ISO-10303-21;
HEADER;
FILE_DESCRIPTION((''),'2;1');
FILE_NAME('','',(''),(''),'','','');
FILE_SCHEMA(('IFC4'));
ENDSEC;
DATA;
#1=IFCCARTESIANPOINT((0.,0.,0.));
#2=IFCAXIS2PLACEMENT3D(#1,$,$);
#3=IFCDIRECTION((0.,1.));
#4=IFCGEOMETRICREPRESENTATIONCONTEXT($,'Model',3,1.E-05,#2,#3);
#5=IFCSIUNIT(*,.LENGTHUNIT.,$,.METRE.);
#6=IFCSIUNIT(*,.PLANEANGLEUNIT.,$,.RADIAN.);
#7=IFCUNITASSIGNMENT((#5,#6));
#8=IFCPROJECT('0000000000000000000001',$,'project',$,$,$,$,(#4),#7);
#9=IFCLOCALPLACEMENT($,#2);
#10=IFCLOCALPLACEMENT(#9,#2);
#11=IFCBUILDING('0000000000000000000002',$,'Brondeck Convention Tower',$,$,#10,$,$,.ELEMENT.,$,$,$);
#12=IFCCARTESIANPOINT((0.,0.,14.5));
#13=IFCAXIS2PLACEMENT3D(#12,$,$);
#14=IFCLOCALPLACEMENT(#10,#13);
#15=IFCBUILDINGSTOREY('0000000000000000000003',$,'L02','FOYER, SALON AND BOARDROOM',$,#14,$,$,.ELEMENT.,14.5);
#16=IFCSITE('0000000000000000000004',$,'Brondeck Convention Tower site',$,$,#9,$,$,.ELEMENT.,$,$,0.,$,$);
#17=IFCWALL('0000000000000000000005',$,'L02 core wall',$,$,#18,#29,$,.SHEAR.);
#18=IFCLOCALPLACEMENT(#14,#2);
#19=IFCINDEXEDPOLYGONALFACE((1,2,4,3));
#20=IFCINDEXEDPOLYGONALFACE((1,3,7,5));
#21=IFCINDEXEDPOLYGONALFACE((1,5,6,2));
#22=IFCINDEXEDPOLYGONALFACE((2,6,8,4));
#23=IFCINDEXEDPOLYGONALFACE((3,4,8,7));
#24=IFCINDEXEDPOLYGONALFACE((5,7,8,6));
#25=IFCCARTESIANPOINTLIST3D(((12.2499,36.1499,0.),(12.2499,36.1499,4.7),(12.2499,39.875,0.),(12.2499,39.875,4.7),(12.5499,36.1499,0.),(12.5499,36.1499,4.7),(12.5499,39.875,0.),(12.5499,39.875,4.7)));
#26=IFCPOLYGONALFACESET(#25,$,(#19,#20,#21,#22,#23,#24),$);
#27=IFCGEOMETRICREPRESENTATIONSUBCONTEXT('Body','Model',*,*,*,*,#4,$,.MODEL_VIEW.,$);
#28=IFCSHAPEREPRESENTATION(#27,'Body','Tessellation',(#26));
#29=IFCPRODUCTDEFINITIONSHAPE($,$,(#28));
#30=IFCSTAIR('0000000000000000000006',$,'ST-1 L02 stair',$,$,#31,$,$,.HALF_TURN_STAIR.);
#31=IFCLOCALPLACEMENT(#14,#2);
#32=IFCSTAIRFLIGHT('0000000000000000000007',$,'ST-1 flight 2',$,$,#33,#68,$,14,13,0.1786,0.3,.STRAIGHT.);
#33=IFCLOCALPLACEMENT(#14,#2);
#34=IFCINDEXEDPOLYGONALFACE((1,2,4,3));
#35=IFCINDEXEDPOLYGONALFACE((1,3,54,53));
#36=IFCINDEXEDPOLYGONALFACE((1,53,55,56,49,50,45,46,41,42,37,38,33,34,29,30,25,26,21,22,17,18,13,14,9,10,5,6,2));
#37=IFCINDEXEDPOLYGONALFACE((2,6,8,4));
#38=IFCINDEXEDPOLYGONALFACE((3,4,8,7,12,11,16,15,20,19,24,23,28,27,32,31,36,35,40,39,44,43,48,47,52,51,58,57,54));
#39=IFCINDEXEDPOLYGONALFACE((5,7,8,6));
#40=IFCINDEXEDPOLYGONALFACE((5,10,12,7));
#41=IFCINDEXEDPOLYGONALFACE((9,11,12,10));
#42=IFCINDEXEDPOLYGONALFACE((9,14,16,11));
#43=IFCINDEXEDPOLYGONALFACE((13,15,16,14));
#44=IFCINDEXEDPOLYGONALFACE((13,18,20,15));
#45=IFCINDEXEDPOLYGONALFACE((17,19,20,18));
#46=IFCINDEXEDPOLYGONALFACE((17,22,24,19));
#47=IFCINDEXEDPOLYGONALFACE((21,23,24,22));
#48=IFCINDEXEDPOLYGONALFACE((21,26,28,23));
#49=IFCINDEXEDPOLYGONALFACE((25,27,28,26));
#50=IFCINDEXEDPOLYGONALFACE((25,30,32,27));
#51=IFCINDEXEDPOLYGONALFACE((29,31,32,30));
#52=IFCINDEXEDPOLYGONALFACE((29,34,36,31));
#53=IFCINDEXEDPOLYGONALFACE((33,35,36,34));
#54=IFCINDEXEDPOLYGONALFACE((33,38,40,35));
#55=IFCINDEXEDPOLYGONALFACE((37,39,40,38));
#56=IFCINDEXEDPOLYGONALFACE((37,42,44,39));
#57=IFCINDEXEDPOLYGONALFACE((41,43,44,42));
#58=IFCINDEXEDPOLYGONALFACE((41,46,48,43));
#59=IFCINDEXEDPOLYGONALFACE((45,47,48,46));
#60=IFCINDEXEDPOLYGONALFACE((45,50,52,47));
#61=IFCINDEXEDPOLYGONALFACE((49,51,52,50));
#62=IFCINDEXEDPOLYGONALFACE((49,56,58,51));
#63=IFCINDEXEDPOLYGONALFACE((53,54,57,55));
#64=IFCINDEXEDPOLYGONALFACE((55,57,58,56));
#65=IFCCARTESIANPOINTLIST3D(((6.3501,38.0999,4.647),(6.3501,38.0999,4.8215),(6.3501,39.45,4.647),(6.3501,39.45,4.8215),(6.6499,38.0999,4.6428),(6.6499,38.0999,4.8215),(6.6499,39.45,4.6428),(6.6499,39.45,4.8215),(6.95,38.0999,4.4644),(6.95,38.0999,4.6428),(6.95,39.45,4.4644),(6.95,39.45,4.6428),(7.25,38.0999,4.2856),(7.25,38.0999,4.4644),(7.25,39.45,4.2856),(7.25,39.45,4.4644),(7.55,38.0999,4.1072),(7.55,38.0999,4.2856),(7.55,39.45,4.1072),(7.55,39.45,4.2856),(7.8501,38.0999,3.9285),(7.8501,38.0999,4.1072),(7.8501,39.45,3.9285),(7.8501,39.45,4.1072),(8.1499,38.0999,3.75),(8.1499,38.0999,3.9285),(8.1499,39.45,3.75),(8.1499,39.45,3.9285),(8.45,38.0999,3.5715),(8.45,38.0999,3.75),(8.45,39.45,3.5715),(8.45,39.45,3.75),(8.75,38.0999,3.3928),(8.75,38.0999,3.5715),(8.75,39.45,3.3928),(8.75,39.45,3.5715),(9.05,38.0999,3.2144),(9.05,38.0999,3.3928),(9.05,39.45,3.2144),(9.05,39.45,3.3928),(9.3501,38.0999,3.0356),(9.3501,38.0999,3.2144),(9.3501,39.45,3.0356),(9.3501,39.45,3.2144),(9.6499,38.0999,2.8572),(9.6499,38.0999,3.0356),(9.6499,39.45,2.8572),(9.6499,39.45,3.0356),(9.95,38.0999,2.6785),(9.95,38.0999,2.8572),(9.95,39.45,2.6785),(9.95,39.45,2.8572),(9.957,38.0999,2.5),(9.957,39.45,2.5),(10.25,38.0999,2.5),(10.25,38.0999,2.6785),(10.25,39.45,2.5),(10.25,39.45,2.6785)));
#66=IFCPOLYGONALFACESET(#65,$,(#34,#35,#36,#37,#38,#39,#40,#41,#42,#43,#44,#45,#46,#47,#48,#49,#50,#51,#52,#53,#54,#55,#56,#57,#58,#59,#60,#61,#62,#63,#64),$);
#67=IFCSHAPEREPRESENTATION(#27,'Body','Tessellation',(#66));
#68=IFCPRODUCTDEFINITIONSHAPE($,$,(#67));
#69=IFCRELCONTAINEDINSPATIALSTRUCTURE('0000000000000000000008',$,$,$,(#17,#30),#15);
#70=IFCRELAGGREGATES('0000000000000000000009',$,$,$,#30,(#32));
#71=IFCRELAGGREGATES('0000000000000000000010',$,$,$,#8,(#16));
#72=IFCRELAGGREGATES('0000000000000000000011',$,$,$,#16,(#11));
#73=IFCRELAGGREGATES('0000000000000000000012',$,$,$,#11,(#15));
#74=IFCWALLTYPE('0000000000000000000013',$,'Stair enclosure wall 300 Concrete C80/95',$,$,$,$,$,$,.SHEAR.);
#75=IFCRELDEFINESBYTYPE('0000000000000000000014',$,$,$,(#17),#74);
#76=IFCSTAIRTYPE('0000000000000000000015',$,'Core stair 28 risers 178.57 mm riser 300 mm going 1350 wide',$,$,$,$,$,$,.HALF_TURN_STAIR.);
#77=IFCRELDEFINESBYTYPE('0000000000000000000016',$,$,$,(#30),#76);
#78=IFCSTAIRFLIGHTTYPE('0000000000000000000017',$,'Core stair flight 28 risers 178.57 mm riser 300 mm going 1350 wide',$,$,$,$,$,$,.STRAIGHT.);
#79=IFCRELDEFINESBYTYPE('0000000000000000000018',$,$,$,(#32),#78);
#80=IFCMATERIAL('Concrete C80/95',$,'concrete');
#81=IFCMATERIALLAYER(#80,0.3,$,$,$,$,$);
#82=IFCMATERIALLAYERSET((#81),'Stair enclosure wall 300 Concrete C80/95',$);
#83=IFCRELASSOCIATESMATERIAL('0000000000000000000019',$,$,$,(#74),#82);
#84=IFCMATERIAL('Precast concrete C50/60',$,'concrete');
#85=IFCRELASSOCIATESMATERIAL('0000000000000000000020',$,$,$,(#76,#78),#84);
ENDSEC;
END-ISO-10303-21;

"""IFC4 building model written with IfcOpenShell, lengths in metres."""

from ifc_helpers import new_model, si_unit, direction, frame, frame_2d, origin, place, context, subcontext, project, spatial, polyline, rectangle, outline, extrude, material, layer, layer_set, type_object, element, aggregate, save


model = new_model("IFC4")

# Units and contexts
model_context = context("Model", 3, precision=1e-05, world=origin(), true_north=direction((0.0, 1.0)))
body_context = subcontext(model_context, "Body", "Model", "MODEL_VIEW")
ifc_project = project(units=[si_unit("LENGTHUNIT", "METRE"), si_unit("PLANEANGLEUNIT", "RADIAN")], contexts=[model_context])

# Site, building, storey
site_placement = place(None, origin())
site = spatial("IfcSite", under=ifc_project, at=site_placement, Name="Brondeck Convention Tower site", CompositionType="ELEMENT", RefElevation=0.0)
building_placement = place(site_placement, origin())
building = spatial("IfcBuilding", under=site, at=building_placement, Name="Brondeck Convention Tower", CompositionType="ELEMENT")
storey_placement = place(building_placement, frame((0.0, 0.0, 14.5)))
storey = spatial("IfcBuildingStorey", under=building, at=storey_placement, Name="L02", Description="FOYER, SALON AND BOARDROOM", CompositionType="ELEMENT", Elevation=14.5)

# Shared definitions
ifc_material_1 = material(Name="Concrete C80/95", Category="concrete")

# Wall
ifc_layer_1 = layer(ifc_material_1, 0.3)
ifc_layer_set_1 = layer_set([ifc_layer_1], Name="Stair enclosure wall 300 Concrete C80/95")
wall_type_1 = type_object("IfcWallType", Name="Stair enclosure wall 300 Concrete C80/95", PredefinedType="SHEAR", material=ifc_layer_set_1)
wall_1_placement = place(storey_placement, frame((12.3999, 36.1499, 0.0), z_axis=(0.0, 0.0, 1.0), x_axis=(0.0, 1.0, 0.0)))
element("IfcWall", 1, at=wall_1_placement, inside=storey, type_object=wall_type_1, Name="L02 core wall", PredefinedType="SHEAR", context=body_context, shape_type="SweptSolid", body=[
    extrude(rectangle(XDim=3.7251, YDim=0.3, at=frame_2d((1.8625, 0.0))), origin(), (0.0, 0.0, 1.0), 4.7),
])

# Stair, stair flight
ifc_material_2 = material(Name="Precast concrete C50/60", Category="concrete")
stair_type = type_object("IfcStairType", Name="Core stair 28 risers 178.57 mm riser 300 mm going 1350 wide", PredefinedType="HALF_TURN_STAIR", material=ifc_material_2)
stair_placement = place(storey_placement, origin())
stair = element("IfcStair", 2, at=stair_placement, inside=storey, type_object=stair_type, Name="ST-1 L02 stair", PredefinedType="HALF_TURN_STAIR")
stair_flight_type = type_object("IfcStairFlightType", Name="Core stair flight 28 risers 178.57 mm riser 300 mm going 1350 wide", PredefinedType="STRAIGHT", material=ifc_material_2)
stair_flight_placement = place(storey_placement, frame((10.25, 38.7749, 2.5), z_axis=(0.0, 0.0, 1.0), x_axis=(-1.0, 0.0, 0.0)))
stair_flight = element("IfcStairFlight", 3, at=stair_flight_placement, type_object=stair_flight_type, Name="ST-1 flight 2", NumberOfRisers=14, NumberOfTreads=13, PredefinedType="STRAIGHT", RiserHeight=0.1786, TreadLength=0.3, context=body_context, shape_type="SweptSolid", body=[
    extrude(outline(polyline([(0.0, 0.0), (0.0, 0.1785), (0.3, 0.1785), (0.3, 0.3572), (0.6001, 0.3572), (0.6001, 0.5356), (0.8999, 0.5356), (0.8999, 0.7144), (1.2, 0.7144), (1.2, 0.8928), (1.5, 0.8928), (1.5, 1.0715), (1.8, 1.0715), (1.8, 1.25), (2.1001, 1.25), (2.1001, 1.4285), (2.3999, 1.4285), (2.3999, 1.6072), (2.7, 1.6072), (2.7, 1.7856), (3.0, 1.7856), (3.0, 1.9644), (3.3, 1.9644), (3.3, 2.1428), (3.6001, 2.1428), (3.6001, 2.3215), (3.8999, 2.3215), (3.8999, 2.5), (3.8999, 2.147), (0.293, 0.0), (0.0, 0.0)])), frame((0.0, 0.675, 0.0), z_axis=(0.0, -1.0, 0.0), x_axis=(1.0, 0.0, 0.0)), (0.0, 0.0, 1.0), 1.3501),
])
aggregate(stair, [stair_flight])

save(model, "model.ifc")
